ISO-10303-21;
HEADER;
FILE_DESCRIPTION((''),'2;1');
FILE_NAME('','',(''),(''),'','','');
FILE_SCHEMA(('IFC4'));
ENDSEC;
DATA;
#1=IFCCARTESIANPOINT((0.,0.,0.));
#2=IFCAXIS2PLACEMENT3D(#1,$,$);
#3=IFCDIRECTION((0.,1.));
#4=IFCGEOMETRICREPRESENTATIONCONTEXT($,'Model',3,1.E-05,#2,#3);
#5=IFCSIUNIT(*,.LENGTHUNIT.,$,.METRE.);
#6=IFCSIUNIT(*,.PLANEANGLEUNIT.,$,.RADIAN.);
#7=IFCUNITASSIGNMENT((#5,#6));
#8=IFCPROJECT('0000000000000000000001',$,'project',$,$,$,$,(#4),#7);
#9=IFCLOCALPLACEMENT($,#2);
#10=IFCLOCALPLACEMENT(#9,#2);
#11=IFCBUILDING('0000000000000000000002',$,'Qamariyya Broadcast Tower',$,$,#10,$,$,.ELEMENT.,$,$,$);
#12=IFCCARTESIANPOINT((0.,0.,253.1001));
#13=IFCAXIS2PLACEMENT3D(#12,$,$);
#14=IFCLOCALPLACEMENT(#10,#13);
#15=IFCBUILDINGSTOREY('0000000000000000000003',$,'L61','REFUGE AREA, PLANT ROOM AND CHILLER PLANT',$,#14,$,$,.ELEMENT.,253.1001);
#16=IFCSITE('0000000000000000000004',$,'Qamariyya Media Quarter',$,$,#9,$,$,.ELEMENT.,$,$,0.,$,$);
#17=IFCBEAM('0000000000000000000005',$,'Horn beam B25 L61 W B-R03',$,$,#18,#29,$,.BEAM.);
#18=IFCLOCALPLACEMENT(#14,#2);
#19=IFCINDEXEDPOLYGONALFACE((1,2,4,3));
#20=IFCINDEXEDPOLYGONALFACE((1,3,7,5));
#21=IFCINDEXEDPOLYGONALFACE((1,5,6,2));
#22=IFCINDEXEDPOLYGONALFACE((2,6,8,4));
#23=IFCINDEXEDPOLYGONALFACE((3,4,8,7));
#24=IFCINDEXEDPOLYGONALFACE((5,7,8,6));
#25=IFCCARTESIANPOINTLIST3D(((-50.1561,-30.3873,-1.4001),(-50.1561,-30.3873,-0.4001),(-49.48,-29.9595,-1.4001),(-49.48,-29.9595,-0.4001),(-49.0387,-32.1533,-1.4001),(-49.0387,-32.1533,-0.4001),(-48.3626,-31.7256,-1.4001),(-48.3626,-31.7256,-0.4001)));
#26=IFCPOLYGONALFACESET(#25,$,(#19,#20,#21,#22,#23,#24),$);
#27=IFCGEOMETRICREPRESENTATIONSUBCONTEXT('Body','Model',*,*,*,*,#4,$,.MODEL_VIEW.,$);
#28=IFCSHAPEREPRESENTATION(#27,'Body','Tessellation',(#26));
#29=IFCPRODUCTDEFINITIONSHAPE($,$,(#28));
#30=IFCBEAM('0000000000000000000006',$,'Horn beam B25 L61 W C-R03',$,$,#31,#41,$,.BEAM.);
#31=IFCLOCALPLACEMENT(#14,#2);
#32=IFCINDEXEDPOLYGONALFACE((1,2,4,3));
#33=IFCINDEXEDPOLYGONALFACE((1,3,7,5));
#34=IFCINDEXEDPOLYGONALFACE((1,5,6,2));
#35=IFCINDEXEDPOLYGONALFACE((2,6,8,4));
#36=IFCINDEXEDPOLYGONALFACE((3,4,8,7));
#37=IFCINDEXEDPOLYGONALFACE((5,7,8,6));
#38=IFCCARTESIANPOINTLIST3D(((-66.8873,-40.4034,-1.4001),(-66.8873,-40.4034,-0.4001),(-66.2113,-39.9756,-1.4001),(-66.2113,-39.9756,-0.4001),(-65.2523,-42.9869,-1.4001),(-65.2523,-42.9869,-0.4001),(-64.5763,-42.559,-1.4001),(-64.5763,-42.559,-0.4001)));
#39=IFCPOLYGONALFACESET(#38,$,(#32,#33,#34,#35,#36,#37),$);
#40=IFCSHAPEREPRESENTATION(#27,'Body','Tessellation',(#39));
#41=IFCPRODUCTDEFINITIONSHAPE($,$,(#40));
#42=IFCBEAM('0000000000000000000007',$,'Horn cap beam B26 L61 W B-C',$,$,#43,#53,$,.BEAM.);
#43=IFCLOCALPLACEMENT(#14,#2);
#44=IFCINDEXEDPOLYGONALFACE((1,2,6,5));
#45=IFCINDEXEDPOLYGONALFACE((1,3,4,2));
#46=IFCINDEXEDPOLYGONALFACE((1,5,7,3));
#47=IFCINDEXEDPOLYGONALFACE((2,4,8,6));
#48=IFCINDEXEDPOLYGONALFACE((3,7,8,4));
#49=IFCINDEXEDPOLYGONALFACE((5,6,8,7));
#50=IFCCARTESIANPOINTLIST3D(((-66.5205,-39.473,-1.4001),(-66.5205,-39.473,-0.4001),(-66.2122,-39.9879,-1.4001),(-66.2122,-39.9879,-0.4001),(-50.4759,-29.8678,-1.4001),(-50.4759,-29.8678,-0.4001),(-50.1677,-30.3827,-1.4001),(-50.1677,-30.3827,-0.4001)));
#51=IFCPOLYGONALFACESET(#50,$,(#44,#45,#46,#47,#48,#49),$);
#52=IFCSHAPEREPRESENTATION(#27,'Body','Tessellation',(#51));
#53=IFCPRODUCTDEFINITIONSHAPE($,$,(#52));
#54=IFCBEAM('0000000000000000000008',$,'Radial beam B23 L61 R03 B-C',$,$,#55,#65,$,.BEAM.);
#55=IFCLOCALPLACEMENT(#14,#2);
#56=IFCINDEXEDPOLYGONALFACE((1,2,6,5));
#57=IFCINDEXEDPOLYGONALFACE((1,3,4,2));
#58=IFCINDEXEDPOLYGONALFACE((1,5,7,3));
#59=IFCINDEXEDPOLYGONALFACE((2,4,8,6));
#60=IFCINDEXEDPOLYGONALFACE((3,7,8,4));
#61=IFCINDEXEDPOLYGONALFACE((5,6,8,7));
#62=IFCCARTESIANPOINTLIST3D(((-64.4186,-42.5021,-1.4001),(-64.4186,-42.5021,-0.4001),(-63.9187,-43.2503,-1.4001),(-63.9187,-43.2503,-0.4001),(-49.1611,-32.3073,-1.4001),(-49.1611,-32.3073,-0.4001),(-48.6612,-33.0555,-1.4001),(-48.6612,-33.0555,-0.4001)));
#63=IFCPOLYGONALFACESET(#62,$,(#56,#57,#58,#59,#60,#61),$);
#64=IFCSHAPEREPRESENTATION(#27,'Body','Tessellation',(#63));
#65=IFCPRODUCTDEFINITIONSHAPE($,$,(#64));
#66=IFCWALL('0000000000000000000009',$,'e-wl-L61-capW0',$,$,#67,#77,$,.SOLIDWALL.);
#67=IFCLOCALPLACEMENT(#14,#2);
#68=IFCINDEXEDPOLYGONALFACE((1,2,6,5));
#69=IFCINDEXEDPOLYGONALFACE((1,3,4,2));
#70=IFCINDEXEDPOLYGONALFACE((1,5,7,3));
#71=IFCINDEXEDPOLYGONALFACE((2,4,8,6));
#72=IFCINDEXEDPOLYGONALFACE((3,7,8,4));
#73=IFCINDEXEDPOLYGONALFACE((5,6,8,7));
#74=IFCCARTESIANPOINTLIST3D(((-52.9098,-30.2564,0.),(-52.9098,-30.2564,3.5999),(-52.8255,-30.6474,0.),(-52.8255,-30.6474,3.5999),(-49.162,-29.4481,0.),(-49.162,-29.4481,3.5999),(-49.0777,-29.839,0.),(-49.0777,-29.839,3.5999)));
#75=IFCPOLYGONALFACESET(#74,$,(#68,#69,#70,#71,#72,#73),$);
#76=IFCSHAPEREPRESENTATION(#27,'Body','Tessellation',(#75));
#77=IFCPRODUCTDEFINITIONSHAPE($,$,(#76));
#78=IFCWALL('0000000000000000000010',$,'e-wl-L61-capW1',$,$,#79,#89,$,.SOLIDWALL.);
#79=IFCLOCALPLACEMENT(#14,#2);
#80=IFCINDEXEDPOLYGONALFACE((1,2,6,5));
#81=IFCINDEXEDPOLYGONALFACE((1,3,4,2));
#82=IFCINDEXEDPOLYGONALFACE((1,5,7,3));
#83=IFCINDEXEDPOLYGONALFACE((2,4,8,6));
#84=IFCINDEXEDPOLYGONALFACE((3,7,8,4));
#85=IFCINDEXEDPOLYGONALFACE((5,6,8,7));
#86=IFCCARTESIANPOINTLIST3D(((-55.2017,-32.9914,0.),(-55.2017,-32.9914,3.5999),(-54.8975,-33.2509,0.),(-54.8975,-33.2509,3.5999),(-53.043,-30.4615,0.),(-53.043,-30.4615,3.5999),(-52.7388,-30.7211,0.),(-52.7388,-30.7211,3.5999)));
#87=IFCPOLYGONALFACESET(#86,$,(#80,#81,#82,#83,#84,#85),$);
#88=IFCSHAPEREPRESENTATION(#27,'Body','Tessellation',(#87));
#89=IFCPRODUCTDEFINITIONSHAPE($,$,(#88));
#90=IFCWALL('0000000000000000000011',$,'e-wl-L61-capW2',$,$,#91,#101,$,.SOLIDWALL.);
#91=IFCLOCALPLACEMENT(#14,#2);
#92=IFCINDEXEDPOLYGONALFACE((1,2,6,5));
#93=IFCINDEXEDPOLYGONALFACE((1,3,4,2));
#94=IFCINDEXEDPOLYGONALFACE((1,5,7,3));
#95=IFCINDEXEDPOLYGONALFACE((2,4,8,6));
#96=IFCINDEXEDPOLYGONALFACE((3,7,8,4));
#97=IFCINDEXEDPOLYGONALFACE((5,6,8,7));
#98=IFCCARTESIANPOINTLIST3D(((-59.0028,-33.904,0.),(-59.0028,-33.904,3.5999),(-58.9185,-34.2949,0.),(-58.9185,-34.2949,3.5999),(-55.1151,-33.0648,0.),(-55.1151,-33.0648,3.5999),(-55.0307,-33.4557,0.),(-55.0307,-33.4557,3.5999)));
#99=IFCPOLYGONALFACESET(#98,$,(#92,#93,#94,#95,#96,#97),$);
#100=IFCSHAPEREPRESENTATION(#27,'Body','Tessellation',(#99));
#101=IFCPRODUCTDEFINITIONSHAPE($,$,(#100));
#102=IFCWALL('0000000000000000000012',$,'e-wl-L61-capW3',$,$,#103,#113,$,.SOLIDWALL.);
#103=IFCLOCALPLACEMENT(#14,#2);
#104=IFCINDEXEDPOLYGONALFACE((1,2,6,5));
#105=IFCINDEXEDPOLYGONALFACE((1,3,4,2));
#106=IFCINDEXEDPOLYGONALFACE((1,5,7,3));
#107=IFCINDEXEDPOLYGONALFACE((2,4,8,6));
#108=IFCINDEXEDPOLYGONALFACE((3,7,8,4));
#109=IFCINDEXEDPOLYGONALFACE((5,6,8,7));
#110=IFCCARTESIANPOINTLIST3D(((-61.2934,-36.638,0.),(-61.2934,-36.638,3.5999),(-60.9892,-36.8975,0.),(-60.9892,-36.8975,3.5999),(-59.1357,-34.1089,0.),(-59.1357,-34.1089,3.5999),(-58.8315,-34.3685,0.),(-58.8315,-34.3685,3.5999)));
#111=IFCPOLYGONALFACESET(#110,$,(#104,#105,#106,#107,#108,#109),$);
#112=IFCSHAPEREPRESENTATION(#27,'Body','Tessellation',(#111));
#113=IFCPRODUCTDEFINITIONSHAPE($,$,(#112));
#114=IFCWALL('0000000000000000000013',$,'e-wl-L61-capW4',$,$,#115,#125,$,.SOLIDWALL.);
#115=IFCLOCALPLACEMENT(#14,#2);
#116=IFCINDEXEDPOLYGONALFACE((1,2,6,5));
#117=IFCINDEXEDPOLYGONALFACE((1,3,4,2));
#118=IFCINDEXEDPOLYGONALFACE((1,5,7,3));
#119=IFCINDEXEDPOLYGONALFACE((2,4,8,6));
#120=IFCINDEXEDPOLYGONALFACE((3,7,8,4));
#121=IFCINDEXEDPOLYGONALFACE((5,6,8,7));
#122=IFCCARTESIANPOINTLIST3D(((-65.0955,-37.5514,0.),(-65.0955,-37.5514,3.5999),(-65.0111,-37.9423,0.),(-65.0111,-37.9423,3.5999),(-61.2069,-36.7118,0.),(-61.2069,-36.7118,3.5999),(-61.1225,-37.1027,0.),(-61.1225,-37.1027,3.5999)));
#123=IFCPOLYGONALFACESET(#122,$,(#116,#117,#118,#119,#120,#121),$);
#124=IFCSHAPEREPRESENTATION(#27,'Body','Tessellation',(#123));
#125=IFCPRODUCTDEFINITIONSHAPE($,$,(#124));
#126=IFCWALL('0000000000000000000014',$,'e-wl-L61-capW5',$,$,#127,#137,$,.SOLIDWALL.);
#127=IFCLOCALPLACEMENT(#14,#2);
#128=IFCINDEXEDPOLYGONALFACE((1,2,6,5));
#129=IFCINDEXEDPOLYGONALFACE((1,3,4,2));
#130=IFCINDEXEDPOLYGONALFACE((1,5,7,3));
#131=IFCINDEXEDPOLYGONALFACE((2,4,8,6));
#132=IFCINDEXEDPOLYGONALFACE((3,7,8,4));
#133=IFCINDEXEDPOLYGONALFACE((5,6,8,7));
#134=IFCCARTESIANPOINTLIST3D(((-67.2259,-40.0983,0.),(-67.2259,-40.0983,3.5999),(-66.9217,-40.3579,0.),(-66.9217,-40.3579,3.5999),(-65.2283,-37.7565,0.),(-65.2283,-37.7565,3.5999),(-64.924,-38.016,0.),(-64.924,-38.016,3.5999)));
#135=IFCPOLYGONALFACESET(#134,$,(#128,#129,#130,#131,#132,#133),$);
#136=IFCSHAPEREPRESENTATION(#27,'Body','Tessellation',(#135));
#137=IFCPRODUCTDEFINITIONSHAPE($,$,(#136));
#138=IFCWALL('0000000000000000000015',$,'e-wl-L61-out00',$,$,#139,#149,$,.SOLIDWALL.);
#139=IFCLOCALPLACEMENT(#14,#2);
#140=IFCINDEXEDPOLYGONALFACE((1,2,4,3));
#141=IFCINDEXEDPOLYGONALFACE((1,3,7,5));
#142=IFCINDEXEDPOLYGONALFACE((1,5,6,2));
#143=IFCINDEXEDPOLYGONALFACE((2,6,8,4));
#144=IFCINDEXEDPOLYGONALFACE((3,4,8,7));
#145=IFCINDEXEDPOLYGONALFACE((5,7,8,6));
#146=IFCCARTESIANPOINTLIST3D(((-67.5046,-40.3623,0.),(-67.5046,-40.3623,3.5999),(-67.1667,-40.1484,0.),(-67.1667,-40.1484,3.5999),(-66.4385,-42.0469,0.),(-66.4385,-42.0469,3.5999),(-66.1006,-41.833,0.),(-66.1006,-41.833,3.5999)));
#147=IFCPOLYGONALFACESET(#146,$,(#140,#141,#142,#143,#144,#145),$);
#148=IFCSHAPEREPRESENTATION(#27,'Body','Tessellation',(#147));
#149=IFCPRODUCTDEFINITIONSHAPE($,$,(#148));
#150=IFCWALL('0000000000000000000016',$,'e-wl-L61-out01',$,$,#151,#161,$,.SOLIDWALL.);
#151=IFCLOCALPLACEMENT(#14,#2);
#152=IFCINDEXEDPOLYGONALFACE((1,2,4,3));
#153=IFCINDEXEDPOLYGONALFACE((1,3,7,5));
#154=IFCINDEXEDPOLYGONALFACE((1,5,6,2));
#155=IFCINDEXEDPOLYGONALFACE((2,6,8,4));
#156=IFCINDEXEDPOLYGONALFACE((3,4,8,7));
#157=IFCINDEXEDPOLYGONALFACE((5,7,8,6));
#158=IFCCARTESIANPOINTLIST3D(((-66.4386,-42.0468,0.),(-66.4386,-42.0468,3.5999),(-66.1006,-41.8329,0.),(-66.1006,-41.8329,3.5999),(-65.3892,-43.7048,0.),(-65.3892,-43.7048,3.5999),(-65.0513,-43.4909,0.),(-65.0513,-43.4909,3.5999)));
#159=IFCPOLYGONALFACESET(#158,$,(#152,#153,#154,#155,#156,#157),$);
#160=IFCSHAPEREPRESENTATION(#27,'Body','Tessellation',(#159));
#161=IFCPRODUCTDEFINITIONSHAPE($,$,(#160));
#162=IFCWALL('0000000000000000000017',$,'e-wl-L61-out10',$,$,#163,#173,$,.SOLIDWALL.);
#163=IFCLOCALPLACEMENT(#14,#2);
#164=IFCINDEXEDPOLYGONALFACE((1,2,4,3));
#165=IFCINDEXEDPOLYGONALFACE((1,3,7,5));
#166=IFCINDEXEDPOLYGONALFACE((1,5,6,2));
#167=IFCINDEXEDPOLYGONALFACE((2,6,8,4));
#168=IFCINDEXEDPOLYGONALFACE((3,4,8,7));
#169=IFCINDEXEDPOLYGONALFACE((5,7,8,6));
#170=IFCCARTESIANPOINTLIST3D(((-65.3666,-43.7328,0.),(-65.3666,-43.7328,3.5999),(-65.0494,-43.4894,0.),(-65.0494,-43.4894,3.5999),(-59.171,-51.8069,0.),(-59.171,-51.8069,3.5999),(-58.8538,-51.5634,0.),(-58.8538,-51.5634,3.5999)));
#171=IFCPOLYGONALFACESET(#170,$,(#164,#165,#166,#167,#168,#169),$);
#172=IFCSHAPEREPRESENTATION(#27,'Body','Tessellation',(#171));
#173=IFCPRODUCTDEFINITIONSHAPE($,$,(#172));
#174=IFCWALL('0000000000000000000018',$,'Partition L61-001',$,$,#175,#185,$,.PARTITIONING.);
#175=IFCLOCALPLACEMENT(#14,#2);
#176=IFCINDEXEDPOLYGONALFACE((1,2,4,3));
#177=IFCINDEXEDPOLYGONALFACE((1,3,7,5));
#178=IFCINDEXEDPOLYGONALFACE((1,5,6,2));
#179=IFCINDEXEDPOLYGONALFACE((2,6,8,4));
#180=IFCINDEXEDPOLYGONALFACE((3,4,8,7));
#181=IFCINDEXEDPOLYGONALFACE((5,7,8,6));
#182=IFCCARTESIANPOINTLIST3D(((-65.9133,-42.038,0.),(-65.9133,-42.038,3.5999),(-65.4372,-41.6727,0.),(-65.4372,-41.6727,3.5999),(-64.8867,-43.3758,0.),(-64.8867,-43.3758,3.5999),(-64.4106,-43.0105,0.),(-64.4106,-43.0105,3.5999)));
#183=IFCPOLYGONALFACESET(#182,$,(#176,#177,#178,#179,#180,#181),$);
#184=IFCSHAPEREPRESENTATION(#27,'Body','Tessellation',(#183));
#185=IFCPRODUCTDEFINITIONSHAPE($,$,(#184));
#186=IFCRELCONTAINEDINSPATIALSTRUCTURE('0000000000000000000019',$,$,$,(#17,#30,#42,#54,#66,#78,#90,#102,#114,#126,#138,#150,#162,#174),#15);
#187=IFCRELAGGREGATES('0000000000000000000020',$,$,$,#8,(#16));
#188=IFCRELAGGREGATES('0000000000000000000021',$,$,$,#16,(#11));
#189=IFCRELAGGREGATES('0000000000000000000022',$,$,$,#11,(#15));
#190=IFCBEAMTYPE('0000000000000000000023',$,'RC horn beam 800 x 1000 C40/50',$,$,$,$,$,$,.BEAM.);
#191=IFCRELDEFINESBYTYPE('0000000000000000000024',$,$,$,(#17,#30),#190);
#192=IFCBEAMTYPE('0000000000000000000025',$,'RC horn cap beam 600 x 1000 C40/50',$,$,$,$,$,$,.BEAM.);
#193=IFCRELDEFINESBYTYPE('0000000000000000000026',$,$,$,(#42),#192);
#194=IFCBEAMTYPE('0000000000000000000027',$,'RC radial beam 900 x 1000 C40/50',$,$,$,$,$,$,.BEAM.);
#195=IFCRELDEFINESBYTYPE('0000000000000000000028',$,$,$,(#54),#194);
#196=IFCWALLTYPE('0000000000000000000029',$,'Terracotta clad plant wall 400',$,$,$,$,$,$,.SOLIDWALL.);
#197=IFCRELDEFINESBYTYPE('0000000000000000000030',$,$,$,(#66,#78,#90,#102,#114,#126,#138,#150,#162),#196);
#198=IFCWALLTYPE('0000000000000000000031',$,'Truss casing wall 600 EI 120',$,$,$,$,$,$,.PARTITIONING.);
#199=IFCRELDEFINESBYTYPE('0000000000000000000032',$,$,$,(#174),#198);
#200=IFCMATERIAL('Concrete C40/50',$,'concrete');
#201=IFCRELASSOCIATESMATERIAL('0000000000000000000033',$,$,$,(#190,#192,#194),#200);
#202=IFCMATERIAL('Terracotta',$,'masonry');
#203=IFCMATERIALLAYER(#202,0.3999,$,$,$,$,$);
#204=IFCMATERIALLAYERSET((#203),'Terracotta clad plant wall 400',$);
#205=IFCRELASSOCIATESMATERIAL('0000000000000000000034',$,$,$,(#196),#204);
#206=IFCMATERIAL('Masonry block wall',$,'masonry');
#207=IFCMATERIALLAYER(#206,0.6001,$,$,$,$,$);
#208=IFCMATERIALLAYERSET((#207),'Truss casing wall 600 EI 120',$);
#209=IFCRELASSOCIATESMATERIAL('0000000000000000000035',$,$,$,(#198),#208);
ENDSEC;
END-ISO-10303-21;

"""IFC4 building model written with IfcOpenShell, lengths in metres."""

from ifc_helpers import new_model, si_unit, direction, frame, frame_2d, origin, origin_2d, place, context, subcontext, project, spatial, rectangle, extrude, material, layer, layer_set, material_profile, profile_set, type_object, element, save


model = new_model("IFC4")

# Units and contexts
model_context = context("Model", 3, precision=1e-05, world=origin(), true_north=direction((0.0, 1.0)))
body_context = subcontext(model_context, "Body", "Model", "MODEL_VIEW")
ifc_project = project(units=[si_unit("LENGTHUNIT", "METRE"), si_unit("PLANEANGLEUNIT", "RADIAN")], contexts=[model_context])

# Site, building, storey
site_placement = place(None, origin())
site = spatial("IfcSite", under=ifc_project, at=site_placement, Name="Qamariyya Media Quarter", CompositionType="ELEMENT", RefElevation=0.0)
building_placement = place(site_placement, origin())
building = spatial("IfcBuilding", under=site, at=building_placement, Name="Qamariyya Broadcast Tower", CompositionType="ELEMENT")
storey_placement = place(building_placement, frame((0.0, 0.0, 253.1001)))
storey = spatial("IfcBuildingStorey", under=building, at=storey_placement, Name="L61", Description="REFUGE AREA, PLANT ROOM AND CHILLER PLANT", CompositionType="ELEMENT", Elevation=253.1001)

# Beams
ifc_material_1 = material(Name="Concrete C40/50", Category="concrete")
ifc_material_profile_1 = material_profile(ifc_material_1, rectangle(XDim=0.8, YDim=1.0, at=origin_2d()))
ifc_profile_set_1 = profile_set([ifc_material_profile_1], Name="Concrete C40/50")
beam_type_1 = type_object("IfcBeamType", Name="RC horn beam 800 x 1000 C40/50", PredefinedType="BEAM", material=ifc_profile_set_1)
beam_1_placement = place(storey_placement, frame((-48.7007, -31.9395, -0.9001), z_axis=(-0.534674, 0.845058, 0.0), x_axis=(-0.845058, -0.534674, 0.0)))
element("IfcBeam", 1, at=beam_1_placement, inside=storey, type_object=beam_type_1, Name="Horn beam B25 L61 W B-R03", PredefinedType="BEAM", context=body_context, shape_type="SweptSolid", body=[
    extrude(rectangle(XDim=0.8, YDim=1.0, at=origin_2d()), origin(), (0.0, 0.0, 1.0), 2.0898),
])
beam_2_placement = place(storey_placement, frame((-64.9143, -42.7729, -0.9001), z_axis=(-0.534771, 0.844997, 0.0), x_axis=(-0.844997, -0.534771, 0.0)))
element("IfcBeam", 2, at=beam_2_placement, inside=storey, type_object=beam_type_1, Name="Horn beam B25 L61 W C-R03", PredefinedType="BEAM", context=body_context, shape_type="SweptSolid", body=[
    extrude(rectangle(XDim=0.8, YDim=1.0, at=origin_2d()), origin(), (0.0, 0.0, 1.0), 3.0574),
])
ifc_material_profile_2 = material_profile(ifc_material_1, rectangle(XDim=0.6001, YDim=1.0, at=origin_2d()))
ifc_profile_set_2 = profile_set([ifc_material_profile_2], Name="Concrete C40/50")
beam_type_2 = type_object("IfcBeamType", Name="RC horn cap beam 600 x 1000 C40/50", PredefinedType="BEAM", material=ifc_profile_set_2)
beam_3_placement = place(storey_placement, frame((-50.3218, -30.1252, -0.9001), z_axis=(-0.858002, -0.513647, 0.0), x_axis=(0.513647, -0.858002, 0.0)))
element("IfcBeam", 3, at=beam_3_placement, inside=storey, type_object=beam_type_2, Name="Horn cap beam B26 L61 W B-C", PredefinedType="BEAM", context=body_context, shape_type="SweptSolid", body=[
    extrude(rectangle(XDim=0.6001, YDim=1.0, at=origin_2d()), origin(), (0.0, 0.0, 1.0), 18.7),
])
ifc_material_profile_3 = material_profile(ifc_material_1, rectangle(XDim=0.8999, YDim=1.0, at=origin_2d()))
ifc_profile_set_3 = profile_set([ifc_material_profile_3], Name="Concrete C40/50")
beam_type_3 = type_object("IfcBeamType", Name="RC radial beam 900 x 1000 C40/50", PredefinedType="BEAM", material=ifc_profile_set_3)
beam_4_placement = place(storey_placement, frame((-48.9111, -32.6814, -0.9001), z_axis=(-0.831469, -0.555572, 0.0), x_axis=(0.555572, -0.831469, 0.0)))
element("IfcBeam", 4, at=beam_4_placement, inside=storey, type_object=beam_type_3, Name="Radial beam B23 L61 R03 B-C", PredefinedType="BEAM", context=body_context, shape_type="SweptSolid", body=[
    extrude(rectangle(XDim=0.8999, YDim=1.0, at=origin_2d()), origin(), (0.0, 0.0, 1.0), 18.3501),
])

# Walls
ifc_material_2 = material(Name="Terracotta", Category="masonry")
ifc_layer_1 = layer(ifc_material_2, 0.3999)
ifc_layer_set_1 = layer_set([ifc_layer_1], Name="Terracotta clad plant wall 400")
wall_type_1 = type_object("IfcWallType", Name="Terracotta clad plant wall 400", PredefinedType="SOLIDWALL", material=ifc_layer_set_1)
wall_1_placement = place(storey_placement, frame((-49.1199, -29.6436, 0.0), z_axis=(0.0, 0.0, 1.0), x_axis=(-0.977521, -0.210838, 0.0)))
element("IfcWall", 5, at=wall_1_placement, inside=storey, type_object=wall_type_1, Name="e-wl-L61-capW0", PredefinedType="SOLIDWALL", context=body_context, shape_type="SweptSolid", body=[
    extrude(rectangle(XDim=3.834, YDim=0.3999, at=frame_2d((1.917, 0.0))), origin(), (0.0, 0.0, 1.0), 3.5999),
])
wall_2_placement = place(storey_placement, frame((-52.8909, -30.5913, 0.0), z_axis=(0.0, 0.0, 1.0), x_axis=(-0.649109, -0.760695, 0.0)))
element("IfcWall", 6, at=wall_2_placement, inside=storey, type_object=wall_type_1, Name="e-wl-L61-capW1", PredefinedType="SOLIDWALL", context=body_context, shape_type="SweptSolid", body=[
    extrude(rectangle(XDim=3.3257, YDim=0.3999, at=frame_2d((1.6628, 0.0))), origin(), (0.0, 0.0, 1.0), 3.5999),
])
wall_3_placement = place(storey_placement, frame((-55.0728, -33.2603, 0.0), z_axis=(0.0, 0.0, 1.0), x_axis=(-0.977491, -0.210979, 0.0)))
element("IfcWall", 7, at=wall_3_placement, inside=storey, type_object=wall_type_1, Name="e-wl-L61-capW2", PredefinedType="SOLIDWALL", context=body_context, shape_type="SweptSolid", body=[
    extrude(rectangle(XDim=3.9773, YDim=0.3999, at=frame_2d((1.9888, 0.0))), origin(), (0.0, 0.0, 1.0), 3.5999),
])
wall_4_placement = place(storey_placement, frame((-58.9836, -34.2388, 0.0), z_axis=(0.0, 0.0, 1.0), x_axis=(-0.649048, -0.760748, 0.0)))
element("IfcWall", 8, at=wall_4_placement, inside=storey, type_object=wall_type_1, Name="e-wl-L61-capW3", PredefinedType="SOLIDWALL", context=body_context, shape_type="SweptSolid", body=[
    extrude(rectangle(XDim=3.3245, YDim=0.3999, at=frame_2d((1.6621, 0.0))), origin(), (0.0, 0.0, 1.0), 3.5999),
])
wall_5_placement = place(storey_placement, frame((-61.1646, -36.9072, 0.0), z_axis=(0.0, 0.0, 1.0), x_axis=(-0.977476, -0.211046, 0.0)))
element("IfcWall", 9, at=wall_5_placement, inside=storey, type_object=wall_type_1, Name="e-wl-L61-capW4", PredefinedType="SOLIDWALL", context=body_context, shape_type="SweptSolid", body=[
    extrude(rectangle(XDim=3.9783, YDim=0.3999, at=frame_2d((1.9893, 0.0))), origin(), (0.0, 0.0, 1.0), 3.5999),
])
wall_6_placement = place(storey_placement, frame((-65.0762, -37.8862, 0.0), z_axis=(0.0, 0.0, 1.0), x_axis=(-0.648974, -0.760811, 0.0)))
element("IfcWall", 10, at=wall_6_placement, inside=storey, type_object=wall_type_1, Name="e-wl-L61-capW5", PredefinedType="SOLIDWALL", context=body_context, shape_type="SweptSolid", body=[
    extrude(rectangle(XDim=3.0781, YDim=0.3999, at=frame_2d((1.5391, 0.0))), origin(), (0.0, 0.0, 1.0), 3.5999),
])
wall_7_placement = place(storey_placement, frame((-67.3357, -40.2554, 0.0), z_axis=(0.0, 0.0, 1.0), x_axis=(0.53479, -0.844985, 0.0)))
element("IfcWall", 11, at=wall_7_placement, inside=storey, type_object=wall_type_1, Name="e-wl-L61-out00", PredefinedType="SOLIDWALL", context=body_context, shape_type="SweptSolid", body=[
    extrude(rectangle(XDim=1.9937, YDim=0.3999, at=frame_2d((0.9968, 0.0))), origin(), (0.0, 0.0, 1.0), 3.5999),
])
wall_8_placement = place(storey_placement, frame((-66.2695, -41.9399, 0.0), z_axis=(0.0, 0.0, 1.0), x_axis=(0.534789, -0.844986, 0.0)))
element("IfcWall", 12, at=wall_8_placement, inside=storey, type_object=wall_type_1, Name="e-wl-L61-out01", PredefinedType="SOLIDWALL", context=body_context, shape_type="SweptSolid", body=[
    extrude(rectangle(XDim=1.9622, YDim=0.3999, at=frame_2d((0.981, 0.0))), origin(), (0.0, 0.0, 1.0), 3.5999),
])
wall_9_placement = place(storey_placement, frame((-65.208, -43.6111, 0.0), z_axis=(0.0, 0.0, 1.0), x_axis=(0.608772, -0.793345, 0.0)))
element("IfcWall", 13, at=wall_9_placement, inside=storey, type_object=wall_type_1, Name="e-wl-L61-out10", PredefinedType="SOLIDWALL", context=body_context, shape_type="SweptSolid", body=[
    extrude(rectangle(XDim=10.1772, YDim=0.3999, at=frame_2d((5.0886, 0.0))), origin(), (0.0, 0.0, 1.0), 3.5999),
])
ifc_material_3 = material(Name="Masonry block wall", Category="masonry")
ifc_layer_2 = layer(ifc_material_3, 0.6001)
ifc_layer_set_2 = layer_set([ifc_layer_2], Name="Truss casing wall 600 EI 120")
wall_type_2 = type_object("IfcWallType", Name="Truss casing wall 600 EI 120", PredefinedType="PARTITIONING", material=ifc_layer_set_2)
wall_10_placement = place(storey_placement, frame((-65.6753, -41.8552, 0.0), z_axis=(0.0, 0.0, 1.0), x_axis=(0.608766, -0.79335, 0.0)))
element("IfcWall", 14, at=wall_10_placement, inside=storey, type_object=wall_type_2, Name="Partition L61-001", PredefinedType="PARTITIONING", context=body_context, shape_type="SweptSolid", body=[
    extrude(rectangle(XDim=1.6863, YDim=0.6001, at=frame_2d((0.8433, 0.0))), origin(), (0.0, 0.0, 1.0), 3.5999),
])

save(model, "model.ifc")
